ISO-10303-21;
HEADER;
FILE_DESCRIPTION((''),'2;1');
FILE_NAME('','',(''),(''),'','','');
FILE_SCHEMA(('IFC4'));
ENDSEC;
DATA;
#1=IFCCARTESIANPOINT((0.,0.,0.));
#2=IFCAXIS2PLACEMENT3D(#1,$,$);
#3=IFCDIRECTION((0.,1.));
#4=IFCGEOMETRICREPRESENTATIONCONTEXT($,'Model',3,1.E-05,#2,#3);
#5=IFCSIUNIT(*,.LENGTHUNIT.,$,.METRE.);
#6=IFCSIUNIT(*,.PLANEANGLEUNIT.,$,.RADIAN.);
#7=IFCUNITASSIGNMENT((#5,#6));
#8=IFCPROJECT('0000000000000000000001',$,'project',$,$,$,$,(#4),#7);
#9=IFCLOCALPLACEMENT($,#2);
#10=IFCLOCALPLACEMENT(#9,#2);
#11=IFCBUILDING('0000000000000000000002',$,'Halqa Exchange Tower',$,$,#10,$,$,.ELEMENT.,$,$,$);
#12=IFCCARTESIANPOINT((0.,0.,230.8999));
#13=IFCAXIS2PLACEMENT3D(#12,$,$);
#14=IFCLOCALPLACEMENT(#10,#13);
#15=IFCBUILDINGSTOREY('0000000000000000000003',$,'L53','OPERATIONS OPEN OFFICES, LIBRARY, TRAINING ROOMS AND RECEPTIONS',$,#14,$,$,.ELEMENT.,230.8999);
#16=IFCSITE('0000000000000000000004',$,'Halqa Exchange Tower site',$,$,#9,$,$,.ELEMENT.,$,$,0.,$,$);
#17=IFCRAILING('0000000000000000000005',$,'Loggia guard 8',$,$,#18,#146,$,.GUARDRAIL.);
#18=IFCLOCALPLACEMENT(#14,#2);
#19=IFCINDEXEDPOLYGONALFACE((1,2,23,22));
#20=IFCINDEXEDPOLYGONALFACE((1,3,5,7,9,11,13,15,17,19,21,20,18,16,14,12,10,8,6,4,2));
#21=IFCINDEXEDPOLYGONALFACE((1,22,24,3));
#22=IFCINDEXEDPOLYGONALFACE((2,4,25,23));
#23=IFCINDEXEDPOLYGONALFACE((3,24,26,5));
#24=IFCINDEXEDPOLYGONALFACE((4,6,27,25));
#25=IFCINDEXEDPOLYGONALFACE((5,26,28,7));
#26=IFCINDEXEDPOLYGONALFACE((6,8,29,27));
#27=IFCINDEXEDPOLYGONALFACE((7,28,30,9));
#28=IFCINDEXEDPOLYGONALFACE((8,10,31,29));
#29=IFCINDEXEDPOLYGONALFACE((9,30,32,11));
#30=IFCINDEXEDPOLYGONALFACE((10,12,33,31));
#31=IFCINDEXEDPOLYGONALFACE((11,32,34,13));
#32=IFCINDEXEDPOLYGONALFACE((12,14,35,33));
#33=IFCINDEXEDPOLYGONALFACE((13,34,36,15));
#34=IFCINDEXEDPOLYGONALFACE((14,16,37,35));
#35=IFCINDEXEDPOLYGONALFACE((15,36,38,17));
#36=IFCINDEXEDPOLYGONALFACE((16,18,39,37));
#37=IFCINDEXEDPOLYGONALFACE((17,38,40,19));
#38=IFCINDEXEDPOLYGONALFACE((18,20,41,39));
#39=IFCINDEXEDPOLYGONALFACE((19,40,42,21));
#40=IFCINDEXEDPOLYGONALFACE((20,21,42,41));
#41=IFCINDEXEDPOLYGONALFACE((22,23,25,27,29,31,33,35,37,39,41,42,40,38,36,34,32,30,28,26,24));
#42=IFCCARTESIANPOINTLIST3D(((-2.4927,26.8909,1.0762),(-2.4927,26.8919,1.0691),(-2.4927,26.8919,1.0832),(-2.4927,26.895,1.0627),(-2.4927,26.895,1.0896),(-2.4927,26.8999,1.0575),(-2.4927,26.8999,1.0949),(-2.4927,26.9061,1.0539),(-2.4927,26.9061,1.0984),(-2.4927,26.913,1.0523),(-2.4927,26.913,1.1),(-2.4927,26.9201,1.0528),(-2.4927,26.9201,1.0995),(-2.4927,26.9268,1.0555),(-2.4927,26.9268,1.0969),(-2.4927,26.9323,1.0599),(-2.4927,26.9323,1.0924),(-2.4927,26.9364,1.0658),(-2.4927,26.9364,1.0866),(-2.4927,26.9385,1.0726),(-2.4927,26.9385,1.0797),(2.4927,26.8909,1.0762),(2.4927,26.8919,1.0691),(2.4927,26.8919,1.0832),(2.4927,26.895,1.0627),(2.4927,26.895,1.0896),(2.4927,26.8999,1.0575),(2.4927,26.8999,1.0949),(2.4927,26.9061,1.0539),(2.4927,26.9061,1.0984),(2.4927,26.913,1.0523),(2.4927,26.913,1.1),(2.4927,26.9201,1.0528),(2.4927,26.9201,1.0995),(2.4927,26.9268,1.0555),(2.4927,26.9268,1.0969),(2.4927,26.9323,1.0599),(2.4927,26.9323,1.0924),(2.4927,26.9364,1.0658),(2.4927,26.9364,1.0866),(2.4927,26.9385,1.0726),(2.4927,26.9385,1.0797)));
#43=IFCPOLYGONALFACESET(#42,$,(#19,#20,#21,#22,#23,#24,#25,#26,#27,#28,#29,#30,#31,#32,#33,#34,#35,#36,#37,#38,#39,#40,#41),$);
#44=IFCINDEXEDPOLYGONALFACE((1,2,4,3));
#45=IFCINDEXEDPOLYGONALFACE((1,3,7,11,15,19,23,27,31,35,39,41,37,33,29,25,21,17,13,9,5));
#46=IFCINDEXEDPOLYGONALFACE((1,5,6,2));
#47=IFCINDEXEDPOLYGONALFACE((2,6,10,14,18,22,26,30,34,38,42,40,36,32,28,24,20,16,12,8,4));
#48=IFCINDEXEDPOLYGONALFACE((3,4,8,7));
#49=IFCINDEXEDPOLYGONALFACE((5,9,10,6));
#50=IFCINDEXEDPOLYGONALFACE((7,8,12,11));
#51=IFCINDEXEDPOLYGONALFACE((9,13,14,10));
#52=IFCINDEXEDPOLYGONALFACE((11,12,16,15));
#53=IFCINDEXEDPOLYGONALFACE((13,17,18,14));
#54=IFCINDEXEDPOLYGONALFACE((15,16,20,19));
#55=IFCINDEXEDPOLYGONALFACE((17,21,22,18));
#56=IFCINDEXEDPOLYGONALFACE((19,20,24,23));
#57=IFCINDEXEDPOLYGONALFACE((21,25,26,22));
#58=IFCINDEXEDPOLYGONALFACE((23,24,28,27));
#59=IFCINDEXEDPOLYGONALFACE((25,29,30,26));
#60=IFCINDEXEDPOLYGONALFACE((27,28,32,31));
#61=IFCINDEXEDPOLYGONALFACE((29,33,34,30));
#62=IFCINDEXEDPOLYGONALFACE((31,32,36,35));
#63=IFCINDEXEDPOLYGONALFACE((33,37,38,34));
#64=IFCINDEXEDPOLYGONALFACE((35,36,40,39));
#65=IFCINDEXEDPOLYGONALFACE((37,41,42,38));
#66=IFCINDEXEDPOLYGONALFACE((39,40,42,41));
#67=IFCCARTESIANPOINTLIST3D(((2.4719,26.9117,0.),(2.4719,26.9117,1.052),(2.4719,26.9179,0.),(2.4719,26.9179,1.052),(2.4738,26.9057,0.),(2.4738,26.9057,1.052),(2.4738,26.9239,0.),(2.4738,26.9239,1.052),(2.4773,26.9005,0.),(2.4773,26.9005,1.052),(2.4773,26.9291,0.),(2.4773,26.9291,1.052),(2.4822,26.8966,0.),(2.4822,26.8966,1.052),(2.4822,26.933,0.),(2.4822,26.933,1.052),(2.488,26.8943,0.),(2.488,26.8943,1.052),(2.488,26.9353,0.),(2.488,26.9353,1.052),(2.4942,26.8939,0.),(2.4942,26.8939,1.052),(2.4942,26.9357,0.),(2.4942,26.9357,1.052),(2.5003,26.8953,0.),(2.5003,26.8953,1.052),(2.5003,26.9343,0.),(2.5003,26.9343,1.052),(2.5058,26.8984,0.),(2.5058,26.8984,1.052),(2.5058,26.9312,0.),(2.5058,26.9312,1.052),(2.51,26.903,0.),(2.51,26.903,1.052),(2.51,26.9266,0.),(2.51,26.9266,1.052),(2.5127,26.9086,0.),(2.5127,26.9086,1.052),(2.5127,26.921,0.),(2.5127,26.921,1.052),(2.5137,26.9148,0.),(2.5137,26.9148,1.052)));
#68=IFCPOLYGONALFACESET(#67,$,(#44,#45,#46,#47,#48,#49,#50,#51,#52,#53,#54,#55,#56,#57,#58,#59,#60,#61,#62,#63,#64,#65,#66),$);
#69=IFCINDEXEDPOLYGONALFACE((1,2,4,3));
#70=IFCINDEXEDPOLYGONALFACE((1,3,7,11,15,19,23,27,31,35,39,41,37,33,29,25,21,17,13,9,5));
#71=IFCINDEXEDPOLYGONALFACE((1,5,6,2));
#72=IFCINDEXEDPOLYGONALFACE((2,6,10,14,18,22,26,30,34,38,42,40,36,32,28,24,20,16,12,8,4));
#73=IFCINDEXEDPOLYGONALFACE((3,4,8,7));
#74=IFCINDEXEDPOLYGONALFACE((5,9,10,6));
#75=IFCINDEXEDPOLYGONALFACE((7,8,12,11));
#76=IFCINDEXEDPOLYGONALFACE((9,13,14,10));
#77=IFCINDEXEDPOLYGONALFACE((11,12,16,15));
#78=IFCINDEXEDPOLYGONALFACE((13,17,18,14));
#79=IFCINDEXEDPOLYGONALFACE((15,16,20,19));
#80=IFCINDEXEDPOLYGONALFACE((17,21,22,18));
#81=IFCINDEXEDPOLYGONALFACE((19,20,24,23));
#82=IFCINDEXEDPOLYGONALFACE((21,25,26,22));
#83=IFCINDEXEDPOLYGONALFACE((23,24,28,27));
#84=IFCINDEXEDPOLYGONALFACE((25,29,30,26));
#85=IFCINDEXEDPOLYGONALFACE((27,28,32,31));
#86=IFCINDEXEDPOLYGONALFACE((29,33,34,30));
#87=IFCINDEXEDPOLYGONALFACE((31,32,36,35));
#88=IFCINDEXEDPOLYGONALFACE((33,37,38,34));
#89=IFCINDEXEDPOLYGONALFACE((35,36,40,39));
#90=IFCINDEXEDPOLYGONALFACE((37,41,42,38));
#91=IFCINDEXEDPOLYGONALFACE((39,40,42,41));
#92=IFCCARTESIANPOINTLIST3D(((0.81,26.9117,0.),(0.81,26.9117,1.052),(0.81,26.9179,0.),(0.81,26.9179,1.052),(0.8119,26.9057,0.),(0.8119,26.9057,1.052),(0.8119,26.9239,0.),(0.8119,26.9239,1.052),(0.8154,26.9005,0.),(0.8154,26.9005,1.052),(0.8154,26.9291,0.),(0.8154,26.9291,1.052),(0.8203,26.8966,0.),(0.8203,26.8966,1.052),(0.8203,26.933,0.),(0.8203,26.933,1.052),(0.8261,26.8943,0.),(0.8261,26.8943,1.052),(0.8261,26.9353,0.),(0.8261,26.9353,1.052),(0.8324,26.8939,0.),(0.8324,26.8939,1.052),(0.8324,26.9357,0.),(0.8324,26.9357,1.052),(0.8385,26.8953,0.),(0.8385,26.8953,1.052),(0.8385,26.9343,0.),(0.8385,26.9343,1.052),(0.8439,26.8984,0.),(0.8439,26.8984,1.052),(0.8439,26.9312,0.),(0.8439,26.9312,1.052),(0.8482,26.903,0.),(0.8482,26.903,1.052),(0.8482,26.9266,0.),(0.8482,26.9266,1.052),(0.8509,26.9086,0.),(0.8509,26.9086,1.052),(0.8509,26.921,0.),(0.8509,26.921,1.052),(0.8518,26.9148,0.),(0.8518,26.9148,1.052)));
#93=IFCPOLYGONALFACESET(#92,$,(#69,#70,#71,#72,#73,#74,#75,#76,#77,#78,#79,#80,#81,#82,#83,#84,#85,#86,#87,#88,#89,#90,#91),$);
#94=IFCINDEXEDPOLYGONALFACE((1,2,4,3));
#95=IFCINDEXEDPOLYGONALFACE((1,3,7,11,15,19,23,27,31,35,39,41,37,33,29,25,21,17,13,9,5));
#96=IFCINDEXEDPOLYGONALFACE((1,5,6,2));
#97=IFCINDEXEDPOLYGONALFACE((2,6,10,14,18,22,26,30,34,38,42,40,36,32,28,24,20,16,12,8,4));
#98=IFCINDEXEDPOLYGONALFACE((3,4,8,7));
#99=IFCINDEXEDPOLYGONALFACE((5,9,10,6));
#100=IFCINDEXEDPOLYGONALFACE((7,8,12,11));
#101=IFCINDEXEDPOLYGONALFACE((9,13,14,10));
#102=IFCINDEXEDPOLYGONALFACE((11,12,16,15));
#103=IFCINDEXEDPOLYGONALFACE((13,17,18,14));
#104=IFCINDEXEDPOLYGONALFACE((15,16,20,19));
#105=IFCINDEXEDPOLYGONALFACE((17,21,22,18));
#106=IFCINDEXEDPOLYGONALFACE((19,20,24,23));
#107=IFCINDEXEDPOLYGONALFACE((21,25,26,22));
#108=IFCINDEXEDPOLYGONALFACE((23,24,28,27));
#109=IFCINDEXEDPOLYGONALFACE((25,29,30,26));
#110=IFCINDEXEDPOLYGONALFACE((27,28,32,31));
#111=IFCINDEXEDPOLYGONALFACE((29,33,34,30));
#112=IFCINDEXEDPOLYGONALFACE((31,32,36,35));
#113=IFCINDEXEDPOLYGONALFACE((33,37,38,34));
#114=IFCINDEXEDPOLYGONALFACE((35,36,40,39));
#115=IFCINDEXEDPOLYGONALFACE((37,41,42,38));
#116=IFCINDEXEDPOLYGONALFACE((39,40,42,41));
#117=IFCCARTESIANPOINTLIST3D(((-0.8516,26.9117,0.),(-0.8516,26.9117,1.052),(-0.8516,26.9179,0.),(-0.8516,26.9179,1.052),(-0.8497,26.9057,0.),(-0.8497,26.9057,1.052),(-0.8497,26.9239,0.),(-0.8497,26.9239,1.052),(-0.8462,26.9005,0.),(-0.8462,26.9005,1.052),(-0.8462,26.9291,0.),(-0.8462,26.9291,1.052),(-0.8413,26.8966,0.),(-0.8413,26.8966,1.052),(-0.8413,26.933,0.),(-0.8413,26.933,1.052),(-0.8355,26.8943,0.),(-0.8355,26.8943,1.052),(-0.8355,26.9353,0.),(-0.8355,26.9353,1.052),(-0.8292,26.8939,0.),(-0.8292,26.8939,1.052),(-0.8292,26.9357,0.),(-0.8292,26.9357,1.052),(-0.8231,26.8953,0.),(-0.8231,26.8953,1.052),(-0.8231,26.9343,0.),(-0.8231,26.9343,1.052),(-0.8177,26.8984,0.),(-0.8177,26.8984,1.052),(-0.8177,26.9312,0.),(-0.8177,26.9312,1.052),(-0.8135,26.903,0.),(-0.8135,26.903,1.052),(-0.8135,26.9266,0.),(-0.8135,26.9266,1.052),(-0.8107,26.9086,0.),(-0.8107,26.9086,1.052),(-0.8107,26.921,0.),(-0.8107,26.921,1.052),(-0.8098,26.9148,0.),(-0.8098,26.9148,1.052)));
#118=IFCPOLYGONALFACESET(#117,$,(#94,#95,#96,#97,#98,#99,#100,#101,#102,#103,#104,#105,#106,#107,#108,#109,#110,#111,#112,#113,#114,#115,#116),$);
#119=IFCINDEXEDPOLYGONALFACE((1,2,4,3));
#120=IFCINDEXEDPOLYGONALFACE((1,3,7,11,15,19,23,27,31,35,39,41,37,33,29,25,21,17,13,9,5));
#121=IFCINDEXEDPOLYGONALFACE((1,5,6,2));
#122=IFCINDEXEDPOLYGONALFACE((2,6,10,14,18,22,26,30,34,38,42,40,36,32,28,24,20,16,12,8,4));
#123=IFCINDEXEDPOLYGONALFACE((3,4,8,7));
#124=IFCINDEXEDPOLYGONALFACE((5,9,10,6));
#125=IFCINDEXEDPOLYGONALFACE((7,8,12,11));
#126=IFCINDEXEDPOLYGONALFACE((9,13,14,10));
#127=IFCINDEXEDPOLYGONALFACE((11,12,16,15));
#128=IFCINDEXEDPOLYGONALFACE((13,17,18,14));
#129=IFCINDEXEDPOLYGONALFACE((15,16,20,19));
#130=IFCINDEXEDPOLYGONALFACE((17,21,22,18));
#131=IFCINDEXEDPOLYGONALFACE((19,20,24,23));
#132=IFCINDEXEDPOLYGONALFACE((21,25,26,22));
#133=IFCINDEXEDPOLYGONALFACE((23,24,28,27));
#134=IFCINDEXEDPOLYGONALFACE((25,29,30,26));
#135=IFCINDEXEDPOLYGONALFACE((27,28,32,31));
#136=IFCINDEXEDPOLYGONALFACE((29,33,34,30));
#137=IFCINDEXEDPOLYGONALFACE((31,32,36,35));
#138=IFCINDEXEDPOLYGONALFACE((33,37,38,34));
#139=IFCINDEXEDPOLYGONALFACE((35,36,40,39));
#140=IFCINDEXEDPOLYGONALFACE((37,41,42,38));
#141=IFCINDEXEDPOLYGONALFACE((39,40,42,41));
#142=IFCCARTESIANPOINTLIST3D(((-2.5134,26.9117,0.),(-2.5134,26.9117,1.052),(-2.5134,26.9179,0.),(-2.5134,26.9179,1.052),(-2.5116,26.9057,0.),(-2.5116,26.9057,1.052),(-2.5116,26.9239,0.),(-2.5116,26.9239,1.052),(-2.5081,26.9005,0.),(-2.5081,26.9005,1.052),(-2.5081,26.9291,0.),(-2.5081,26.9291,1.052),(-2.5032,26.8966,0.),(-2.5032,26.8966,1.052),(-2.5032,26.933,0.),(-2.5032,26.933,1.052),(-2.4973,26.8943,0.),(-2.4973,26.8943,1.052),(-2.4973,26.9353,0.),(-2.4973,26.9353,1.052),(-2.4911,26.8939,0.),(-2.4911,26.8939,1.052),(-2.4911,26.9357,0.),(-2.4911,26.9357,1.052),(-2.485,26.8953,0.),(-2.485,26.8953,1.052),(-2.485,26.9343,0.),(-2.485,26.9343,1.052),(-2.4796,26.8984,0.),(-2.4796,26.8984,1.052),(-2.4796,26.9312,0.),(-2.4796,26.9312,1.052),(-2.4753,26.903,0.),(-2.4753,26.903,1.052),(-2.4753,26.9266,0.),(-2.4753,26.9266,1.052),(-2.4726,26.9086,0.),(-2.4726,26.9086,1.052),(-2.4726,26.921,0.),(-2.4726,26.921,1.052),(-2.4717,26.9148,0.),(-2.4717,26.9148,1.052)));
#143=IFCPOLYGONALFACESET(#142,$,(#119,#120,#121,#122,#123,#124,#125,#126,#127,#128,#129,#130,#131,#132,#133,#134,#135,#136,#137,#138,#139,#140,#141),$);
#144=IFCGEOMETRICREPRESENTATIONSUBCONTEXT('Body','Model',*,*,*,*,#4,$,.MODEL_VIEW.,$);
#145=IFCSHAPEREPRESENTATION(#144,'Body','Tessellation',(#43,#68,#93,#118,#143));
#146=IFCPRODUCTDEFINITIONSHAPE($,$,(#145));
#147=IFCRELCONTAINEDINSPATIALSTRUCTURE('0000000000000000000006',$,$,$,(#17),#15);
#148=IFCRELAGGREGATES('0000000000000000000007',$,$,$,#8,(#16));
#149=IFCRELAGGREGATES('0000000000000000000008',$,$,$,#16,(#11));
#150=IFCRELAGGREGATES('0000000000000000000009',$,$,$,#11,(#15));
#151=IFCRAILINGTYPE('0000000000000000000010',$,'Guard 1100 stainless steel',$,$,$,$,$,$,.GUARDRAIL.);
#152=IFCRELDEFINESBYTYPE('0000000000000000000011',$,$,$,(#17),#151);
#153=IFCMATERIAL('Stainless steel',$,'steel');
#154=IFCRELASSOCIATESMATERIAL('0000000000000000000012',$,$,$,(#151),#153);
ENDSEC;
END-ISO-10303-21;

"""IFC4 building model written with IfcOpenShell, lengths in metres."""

from ifc_helpers import new_model, si_unit, direction, frame, origin, origin_2d, place, context, subcontext, project, spatial, circle, extrude, material, type_object, element, save


model = new_model("IFC4")

# Units and contexts
model_context = context("Model", 3, precision=1e-05, world=origin(), true_north=direction((0.0, 1.0)))
body_context = subcontext(model_context, "Body", "Model", "MODEL_VIEW")
ifc_project = project(units=[si_unit("LENGTHUNIT", "METRE"), si_unit("PLANEANGLEUNIT", "RADIAN")], contexts=[model_context])

# Site, building, storey
site_placement = place(None, origin())
site = spatial("IfcSite", under=ifc_project, at=site_placement, Name="Halqa Exchange Tower site", CompositionType="ELEMENT", RefElevation=0.0)
building_placement = place(site_placement, origin())
building = spatial("IfcBuilding", under=site, at=building_placement, Name="Halqa Exchange Tower", CompositionType="ELEMENT")
storey_placement = place(building_placement, frame((0.0, 0.0, 230.8999)))
storey = spatial("IfcBuildingStorey", under=building, at=storey_placement, Name="L53", Description="OPERATIONS OPEN OFFICES, LIBRARY, TRAINING ROOMS AND RECEPTIONS", CompositionType="ELEMENT", Elevation=230.8999)

# Railing
ifc_material_1 = material(Name="Stainless steel", Category="steel")
railing_type_1 = type_object("IfcRailingType", Name="Guard 1100 stainless steel", PredefinedType="GUARDRAIL", material=ifc_material_1)
railing_1_placement = place(storey_placement, frame((2.4927, 26.9148, 0.0)))
element("IfcRailing", 1, at=railing_1_placement, inside=storey, type_object=railing_type_1, Name="Loggia guard 8", PredefinedType="GUARDRAIL", context=body_context, shape_type="SweptSolid", body=[
    extrude(circle(Radius=0.0239, at=origin_2d()), frame((0.0, 0.0, 1.0762), z_axis=(-1.0, 0.0, 0.0), x_axis=(0.0, -1.0, 0.0)), (0.0, 0.0, 1.0), 4.9854),
    extrude(circle(Radius=0.021, at=origin_2d()), origin(), (0.0, 0.0, 1.0), 1.052),
    extrude(circle(Radius=0.021, at=origin_2d()), frame((-1.6619, 0.0, 0.0)), (0.0, 0.0, 1.0), 1.052),
    extrude(circle(Radius=0.021, at=origin_2d()), frame((-3.3235, 0.0, 0.0)), (0.0, 0.0, 1.0), 1.052),
    extrude(circle(Radius=0.021, at=origin_2d()), frame((-4.9854, 0.0, 0.0)), (0.0, 0.0, 1.0), 1.052),
])

save(model, "model.ifc")
